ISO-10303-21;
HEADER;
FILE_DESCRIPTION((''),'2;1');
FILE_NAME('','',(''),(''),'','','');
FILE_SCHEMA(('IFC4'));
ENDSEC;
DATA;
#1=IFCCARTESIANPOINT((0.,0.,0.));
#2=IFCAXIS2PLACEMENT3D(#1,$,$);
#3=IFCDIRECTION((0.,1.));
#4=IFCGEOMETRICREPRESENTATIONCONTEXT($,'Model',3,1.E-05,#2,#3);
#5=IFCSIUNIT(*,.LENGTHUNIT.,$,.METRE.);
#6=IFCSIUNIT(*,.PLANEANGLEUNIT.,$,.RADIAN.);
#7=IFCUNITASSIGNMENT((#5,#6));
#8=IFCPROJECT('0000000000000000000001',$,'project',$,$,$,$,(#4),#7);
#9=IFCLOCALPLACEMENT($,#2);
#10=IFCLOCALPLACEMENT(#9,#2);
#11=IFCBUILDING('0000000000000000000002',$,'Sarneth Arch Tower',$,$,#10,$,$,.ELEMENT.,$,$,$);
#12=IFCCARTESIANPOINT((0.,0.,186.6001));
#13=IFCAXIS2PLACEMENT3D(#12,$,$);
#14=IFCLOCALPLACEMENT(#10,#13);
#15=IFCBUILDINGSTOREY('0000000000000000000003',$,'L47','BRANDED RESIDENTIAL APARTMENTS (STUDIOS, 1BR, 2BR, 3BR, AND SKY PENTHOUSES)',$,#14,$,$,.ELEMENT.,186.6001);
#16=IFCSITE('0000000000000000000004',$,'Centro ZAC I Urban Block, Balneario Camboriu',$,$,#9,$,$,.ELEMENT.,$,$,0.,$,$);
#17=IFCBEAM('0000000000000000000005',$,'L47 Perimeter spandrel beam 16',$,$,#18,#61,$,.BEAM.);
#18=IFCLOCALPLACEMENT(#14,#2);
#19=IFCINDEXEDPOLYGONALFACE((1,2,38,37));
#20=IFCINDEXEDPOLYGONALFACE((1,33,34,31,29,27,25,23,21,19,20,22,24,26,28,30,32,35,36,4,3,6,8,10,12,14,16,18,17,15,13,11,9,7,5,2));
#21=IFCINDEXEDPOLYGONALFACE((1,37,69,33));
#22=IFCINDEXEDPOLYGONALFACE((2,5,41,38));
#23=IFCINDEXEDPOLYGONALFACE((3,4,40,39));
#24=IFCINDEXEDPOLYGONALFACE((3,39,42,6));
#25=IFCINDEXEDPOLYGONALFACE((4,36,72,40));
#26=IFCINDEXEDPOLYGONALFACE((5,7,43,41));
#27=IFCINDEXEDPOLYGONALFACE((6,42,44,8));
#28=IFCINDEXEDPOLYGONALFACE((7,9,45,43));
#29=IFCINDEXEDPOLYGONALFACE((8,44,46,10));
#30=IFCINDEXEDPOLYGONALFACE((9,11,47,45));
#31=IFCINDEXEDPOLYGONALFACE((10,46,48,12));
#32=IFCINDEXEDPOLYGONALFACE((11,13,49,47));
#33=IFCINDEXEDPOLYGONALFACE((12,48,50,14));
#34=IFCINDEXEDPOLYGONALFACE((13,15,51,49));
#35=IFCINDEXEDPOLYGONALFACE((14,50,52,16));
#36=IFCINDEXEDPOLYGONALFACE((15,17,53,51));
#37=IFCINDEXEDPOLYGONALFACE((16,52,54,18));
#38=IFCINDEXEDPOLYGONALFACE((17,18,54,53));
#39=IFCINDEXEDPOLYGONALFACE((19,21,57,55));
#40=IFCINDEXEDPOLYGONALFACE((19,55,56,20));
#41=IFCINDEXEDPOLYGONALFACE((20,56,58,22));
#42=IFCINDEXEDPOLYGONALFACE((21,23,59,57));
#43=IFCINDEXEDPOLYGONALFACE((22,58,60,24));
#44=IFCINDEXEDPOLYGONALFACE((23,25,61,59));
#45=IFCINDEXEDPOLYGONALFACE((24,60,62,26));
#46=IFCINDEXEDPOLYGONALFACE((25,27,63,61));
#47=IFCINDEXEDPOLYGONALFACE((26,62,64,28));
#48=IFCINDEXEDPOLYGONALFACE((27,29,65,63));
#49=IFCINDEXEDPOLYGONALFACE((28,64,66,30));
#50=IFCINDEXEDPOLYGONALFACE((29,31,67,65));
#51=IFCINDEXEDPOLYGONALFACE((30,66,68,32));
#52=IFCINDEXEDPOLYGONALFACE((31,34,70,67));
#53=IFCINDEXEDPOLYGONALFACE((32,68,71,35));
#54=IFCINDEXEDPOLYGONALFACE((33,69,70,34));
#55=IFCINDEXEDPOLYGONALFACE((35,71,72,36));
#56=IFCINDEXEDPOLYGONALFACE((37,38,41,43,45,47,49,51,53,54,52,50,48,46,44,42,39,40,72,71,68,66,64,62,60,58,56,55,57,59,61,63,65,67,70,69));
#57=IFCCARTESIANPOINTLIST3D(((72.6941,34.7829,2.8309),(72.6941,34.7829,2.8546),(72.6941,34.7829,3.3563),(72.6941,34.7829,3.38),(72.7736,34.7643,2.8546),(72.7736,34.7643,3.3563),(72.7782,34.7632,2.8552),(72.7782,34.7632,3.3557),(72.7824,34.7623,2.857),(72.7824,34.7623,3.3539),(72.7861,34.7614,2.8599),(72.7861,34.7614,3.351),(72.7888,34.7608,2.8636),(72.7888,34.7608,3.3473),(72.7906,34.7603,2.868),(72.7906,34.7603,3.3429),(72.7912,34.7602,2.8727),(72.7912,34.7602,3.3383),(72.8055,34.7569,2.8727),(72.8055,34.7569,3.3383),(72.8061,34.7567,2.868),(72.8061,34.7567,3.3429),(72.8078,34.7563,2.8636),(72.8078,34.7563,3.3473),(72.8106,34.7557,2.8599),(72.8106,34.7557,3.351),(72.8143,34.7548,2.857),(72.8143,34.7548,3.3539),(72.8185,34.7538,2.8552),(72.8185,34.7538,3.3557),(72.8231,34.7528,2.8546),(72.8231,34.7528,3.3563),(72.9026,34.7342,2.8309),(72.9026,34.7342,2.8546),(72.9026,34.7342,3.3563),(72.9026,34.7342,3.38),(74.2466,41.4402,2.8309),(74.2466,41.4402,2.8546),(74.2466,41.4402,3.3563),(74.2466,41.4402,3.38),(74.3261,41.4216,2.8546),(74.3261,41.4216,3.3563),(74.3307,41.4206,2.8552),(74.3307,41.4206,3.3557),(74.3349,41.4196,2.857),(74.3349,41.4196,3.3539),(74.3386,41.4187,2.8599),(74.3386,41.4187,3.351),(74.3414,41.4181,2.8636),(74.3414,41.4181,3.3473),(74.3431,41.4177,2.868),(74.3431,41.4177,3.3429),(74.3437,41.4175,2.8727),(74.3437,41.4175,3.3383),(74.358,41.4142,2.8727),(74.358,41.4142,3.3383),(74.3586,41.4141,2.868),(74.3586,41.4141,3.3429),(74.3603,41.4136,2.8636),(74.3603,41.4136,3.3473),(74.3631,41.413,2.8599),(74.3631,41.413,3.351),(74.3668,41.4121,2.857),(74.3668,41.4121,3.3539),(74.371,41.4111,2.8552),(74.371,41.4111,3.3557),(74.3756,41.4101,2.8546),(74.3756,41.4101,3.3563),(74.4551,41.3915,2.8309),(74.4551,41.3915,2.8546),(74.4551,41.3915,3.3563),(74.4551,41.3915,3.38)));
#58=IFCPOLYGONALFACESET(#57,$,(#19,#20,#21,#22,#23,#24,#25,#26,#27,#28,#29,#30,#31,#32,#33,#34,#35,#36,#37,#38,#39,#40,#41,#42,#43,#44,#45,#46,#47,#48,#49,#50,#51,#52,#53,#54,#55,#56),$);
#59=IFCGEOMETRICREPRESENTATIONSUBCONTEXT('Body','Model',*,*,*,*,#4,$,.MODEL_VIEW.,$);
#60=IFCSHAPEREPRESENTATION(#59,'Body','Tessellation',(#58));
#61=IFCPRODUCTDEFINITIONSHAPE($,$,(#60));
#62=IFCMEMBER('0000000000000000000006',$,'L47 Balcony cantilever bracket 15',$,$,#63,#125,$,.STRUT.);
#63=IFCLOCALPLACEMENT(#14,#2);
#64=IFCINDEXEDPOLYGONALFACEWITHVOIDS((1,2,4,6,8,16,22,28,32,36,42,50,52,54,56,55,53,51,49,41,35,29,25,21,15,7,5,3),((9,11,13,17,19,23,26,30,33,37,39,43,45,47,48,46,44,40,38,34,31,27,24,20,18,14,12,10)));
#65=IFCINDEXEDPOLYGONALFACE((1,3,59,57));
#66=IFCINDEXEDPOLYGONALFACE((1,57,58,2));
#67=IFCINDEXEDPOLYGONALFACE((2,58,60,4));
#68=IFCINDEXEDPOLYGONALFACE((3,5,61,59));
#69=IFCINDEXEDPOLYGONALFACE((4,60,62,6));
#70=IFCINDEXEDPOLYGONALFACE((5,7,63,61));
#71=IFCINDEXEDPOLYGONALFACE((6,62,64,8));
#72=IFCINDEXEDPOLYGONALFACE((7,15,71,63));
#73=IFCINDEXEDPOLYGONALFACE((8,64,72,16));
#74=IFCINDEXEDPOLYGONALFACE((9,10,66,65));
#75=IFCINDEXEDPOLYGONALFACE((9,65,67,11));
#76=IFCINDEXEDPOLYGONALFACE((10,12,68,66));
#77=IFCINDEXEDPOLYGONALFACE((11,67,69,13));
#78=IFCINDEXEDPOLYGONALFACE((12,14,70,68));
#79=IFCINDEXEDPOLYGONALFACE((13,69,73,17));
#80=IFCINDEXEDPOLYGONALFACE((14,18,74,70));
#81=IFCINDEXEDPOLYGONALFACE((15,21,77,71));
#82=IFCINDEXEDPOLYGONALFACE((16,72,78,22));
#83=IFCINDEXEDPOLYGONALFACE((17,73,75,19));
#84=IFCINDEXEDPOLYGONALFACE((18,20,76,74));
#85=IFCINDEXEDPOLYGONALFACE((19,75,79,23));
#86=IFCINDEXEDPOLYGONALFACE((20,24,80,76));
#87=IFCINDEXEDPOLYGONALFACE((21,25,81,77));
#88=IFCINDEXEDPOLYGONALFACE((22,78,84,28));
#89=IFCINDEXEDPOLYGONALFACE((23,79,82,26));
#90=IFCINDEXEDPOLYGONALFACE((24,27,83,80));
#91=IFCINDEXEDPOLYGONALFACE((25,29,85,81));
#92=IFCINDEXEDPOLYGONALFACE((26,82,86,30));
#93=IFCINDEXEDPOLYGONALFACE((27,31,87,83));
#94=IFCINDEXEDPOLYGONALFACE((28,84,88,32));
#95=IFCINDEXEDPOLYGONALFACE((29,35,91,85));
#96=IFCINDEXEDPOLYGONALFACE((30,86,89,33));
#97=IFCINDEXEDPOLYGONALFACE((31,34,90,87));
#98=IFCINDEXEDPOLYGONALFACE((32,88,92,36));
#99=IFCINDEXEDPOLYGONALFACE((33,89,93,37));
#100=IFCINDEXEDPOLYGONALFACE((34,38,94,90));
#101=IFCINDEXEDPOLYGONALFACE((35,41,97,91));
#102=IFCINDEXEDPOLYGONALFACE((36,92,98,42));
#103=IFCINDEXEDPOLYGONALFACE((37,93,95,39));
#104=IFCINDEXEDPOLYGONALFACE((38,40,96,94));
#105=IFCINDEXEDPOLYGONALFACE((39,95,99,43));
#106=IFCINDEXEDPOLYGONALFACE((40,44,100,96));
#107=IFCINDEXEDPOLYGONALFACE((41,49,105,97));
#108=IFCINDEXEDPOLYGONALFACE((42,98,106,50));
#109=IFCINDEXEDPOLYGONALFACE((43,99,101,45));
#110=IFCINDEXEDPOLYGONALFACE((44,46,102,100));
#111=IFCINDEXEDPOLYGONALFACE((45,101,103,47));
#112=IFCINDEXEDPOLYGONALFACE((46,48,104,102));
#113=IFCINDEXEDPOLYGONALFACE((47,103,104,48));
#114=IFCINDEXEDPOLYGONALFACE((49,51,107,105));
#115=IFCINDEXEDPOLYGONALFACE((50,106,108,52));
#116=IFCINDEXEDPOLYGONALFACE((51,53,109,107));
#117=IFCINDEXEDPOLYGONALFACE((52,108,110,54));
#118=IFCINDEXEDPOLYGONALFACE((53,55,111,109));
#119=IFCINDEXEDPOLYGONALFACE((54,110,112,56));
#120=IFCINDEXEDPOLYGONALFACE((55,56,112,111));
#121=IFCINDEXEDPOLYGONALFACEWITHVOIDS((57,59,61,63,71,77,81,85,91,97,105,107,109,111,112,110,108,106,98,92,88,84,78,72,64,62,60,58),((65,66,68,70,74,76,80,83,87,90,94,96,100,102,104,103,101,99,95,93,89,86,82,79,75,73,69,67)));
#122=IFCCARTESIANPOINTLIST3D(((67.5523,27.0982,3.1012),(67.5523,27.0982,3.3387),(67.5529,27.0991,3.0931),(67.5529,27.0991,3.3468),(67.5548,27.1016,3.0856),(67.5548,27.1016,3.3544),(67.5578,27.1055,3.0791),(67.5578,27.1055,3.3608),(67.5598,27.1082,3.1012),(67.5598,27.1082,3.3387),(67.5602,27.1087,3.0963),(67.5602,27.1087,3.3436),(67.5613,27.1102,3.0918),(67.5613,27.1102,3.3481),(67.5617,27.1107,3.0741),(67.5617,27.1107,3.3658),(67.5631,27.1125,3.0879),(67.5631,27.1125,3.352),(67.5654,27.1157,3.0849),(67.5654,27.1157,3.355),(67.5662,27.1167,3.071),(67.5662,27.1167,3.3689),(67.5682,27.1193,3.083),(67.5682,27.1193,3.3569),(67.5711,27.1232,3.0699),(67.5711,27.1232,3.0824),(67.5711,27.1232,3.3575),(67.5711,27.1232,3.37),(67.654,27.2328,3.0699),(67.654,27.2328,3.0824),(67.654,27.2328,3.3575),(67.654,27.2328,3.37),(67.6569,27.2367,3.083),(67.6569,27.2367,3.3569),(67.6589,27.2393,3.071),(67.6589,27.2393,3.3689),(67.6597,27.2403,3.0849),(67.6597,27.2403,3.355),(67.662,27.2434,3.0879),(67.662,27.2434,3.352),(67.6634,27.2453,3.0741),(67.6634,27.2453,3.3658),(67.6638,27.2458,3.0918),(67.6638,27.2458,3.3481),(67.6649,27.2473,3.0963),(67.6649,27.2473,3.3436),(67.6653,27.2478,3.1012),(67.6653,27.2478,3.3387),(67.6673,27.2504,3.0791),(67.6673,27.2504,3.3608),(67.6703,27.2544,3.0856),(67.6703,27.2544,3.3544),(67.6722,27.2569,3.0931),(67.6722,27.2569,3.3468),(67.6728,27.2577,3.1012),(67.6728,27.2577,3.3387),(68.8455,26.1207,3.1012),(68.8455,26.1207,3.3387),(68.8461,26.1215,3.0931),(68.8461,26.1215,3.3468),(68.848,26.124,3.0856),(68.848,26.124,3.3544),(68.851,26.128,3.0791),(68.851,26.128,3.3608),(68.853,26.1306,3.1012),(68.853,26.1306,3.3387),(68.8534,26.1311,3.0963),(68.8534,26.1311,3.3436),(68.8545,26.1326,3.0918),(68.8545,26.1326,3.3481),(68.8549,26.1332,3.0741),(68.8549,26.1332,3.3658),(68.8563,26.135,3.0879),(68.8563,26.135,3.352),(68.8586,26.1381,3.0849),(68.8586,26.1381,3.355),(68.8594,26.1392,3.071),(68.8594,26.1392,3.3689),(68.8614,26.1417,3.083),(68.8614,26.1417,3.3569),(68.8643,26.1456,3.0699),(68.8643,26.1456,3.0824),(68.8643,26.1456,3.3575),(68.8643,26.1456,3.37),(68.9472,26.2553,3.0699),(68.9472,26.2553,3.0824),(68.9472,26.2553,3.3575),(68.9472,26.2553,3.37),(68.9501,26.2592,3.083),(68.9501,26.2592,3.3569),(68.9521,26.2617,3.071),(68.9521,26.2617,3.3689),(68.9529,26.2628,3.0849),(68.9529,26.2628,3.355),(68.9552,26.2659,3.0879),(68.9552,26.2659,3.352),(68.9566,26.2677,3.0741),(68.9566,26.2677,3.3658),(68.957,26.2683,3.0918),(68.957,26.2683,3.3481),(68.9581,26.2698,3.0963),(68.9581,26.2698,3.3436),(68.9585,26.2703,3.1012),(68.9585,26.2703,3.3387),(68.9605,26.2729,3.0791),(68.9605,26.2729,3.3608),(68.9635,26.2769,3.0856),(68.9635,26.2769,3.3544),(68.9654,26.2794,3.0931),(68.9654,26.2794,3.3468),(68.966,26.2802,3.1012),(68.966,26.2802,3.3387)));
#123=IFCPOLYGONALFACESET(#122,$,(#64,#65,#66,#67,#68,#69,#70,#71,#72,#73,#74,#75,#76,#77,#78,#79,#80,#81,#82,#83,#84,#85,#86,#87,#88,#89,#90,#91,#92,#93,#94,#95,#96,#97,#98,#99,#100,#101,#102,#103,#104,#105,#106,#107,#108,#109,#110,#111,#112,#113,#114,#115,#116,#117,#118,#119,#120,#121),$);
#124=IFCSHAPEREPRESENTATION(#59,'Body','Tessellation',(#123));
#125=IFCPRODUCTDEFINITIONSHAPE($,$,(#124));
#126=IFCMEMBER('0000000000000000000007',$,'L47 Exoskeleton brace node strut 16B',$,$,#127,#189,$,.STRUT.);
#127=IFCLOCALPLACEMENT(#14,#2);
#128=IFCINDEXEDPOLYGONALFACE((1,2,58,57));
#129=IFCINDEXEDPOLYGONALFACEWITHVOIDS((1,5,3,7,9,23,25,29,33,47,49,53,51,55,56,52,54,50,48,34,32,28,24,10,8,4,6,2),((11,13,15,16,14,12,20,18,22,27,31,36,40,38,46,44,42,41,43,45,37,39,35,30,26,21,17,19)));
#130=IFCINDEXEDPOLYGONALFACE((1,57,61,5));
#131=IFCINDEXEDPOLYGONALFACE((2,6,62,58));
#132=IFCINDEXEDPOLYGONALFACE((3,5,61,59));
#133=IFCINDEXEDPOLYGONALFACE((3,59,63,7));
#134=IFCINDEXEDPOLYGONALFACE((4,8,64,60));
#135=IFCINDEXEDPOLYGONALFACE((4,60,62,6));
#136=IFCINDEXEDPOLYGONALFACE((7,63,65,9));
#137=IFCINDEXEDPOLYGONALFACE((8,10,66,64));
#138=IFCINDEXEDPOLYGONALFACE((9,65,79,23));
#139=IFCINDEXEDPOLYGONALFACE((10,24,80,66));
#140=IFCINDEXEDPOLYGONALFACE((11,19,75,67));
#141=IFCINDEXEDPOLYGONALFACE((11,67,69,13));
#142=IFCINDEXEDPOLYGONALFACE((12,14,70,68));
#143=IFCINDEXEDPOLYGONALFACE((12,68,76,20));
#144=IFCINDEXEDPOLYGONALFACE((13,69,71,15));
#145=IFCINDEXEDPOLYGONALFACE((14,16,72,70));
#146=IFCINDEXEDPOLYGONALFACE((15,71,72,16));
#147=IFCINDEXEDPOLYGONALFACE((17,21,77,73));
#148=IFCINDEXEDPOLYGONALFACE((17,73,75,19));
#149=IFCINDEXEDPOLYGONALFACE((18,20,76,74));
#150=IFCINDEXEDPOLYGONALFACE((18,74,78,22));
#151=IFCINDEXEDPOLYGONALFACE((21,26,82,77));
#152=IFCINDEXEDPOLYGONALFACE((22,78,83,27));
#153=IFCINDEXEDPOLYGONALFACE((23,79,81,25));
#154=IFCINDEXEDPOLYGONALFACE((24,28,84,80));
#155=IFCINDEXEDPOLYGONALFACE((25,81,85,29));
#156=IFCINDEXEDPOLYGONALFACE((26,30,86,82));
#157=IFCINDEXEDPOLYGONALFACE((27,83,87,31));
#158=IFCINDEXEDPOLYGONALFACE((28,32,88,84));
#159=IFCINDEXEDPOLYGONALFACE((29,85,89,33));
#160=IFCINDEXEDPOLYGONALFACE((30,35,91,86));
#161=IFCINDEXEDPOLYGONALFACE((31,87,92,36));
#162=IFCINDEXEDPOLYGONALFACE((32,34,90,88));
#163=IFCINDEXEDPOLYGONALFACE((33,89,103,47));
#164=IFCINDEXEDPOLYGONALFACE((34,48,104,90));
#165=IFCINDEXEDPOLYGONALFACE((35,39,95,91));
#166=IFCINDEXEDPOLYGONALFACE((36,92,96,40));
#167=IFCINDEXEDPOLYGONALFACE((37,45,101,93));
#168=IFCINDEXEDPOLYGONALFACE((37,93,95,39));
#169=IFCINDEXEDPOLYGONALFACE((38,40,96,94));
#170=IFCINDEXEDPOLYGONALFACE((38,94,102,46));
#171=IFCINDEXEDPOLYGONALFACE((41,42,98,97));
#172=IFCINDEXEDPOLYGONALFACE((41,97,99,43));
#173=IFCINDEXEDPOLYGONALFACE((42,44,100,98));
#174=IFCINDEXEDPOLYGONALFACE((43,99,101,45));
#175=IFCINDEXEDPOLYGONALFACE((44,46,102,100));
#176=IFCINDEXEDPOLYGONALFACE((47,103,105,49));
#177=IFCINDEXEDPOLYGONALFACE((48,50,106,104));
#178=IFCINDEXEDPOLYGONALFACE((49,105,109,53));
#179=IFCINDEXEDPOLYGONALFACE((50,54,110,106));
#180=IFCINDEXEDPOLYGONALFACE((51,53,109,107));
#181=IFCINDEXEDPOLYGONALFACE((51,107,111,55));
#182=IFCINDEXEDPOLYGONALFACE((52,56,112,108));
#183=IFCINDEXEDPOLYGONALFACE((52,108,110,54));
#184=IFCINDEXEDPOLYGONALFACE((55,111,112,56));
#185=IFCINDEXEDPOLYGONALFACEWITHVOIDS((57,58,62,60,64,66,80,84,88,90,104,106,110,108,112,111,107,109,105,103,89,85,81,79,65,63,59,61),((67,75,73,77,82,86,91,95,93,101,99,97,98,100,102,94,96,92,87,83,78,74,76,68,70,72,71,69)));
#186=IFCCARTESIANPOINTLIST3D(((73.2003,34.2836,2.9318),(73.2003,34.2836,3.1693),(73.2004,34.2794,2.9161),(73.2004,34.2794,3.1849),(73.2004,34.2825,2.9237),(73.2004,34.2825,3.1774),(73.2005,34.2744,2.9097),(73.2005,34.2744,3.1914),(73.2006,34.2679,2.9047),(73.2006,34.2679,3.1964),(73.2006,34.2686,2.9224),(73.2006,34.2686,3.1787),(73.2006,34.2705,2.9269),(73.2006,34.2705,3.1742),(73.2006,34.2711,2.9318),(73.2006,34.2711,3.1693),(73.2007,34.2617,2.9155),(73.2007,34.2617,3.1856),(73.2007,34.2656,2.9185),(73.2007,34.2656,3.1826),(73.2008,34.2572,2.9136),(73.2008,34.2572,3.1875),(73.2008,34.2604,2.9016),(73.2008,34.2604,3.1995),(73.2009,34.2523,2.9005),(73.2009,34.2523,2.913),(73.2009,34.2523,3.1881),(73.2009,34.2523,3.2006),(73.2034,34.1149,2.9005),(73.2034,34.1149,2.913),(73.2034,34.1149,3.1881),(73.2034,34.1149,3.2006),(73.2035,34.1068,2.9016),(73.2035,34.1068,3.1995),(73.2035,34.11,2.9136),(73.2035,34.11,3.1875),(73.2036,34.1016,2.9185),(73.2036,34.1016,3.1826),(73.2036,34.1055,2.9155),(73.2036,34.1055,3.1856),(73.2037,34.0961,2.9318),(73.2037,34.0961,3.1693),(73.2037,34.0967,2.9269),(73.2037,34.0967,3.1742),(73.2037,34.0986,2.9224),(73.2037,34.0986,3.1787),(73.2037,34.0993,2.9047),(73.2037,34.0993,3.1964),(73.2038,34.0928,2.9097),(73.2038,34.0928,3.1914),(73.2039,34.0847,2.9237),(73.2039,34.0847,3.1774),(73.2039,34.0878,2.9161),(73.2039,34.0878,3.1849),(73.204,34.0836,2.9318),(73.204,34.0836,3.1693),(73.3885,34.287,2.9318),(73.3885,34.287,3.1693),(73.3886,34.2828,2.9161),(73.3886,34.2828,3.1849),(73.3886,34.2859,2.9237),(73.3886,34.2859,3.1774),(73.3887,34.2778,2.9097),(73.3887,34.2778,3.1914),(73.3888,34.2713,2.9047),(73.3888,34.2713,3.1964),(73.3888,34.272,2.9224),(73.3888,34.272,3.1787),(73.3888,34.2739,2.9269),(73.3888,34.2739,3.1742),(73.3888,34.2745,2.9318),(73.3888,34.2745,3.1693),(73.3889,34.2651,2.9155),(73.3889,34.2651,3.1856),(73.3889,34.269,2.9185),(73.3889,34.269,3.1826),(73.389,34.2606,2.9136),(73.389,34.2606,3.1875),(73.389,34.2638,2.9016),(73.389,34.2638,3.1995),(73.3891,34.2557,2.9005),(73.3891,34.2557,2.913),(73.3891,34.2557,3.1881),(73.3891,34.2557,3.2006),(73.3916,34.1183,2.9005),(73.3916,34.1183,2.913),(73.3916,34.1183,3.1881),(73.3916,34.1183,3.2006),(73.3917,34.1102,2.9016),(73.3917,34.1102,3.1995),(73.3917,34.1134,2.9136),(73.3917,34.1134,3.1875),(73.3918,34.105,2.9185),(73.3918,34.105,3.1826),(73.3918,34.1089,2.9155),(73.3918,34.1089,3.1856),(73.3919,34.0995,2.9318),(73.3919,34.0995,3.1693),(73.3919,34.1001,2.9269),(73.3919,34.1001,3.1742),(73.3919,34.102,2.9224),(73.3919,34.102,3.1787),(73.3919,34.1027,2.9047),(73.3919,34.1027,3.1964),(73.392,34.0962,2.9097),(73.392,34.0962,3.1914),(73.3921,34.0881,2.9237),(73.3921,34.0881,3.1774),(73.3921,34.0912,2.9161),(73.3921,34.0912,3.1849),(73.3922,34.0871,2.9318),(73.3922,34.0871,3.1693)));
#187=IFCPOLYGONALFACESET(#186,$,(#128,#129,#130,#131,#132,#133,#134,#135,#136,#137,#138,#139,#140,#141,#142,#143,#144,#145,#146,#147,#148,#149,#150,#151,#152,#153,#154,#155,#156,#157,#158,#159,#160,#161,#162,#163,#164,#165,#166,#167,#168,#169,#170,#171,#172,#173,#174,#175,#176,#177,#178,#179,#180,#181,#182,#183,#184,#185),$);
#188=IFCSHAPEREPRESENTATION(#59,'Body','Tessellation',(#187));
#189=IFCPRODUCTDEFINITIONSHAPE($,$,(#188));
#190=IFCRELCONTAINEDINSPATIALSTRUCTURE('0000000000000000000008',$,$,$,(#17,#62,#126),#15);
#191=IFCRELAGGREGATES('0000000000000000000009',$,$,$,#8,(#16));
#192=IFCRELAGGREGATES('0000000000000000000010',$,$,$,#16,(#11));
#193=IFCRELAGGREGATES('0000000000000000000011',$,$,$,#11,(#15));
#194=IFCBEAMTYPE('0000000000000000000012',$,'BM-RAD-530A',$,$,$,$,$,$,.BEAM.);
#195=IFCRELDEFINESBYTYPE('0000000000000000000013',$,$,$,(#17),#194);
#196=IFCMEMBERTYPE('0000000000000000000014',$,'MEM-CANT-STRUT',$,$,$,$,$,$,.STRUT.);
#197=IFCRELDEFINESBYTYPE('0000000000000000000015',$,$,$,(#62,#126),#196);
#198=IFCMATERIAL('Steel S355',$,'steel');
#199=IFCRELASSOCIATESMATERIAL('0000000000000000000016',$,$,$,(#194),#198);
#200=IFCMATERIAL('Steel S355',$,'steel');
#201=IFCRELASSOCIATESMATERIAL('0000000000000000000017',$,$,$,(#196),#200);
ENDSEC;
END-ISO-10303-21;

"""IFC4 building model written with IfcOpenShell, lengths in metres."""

from ifc_helpers import new_model, si_unit, direction, frame, origin, origin_2d, place, context, subcontext, project, spatial, hollow_rectangle, i_section, extrude, material, material_profile, profile_set, type_object, element, save


model = new_model("IFC4")

# Units and contexts
model_context = context("Model", 3, precision=1e-05, world=origin(), true_north=direction((0.0, 1.0)))
body_context = subcontext(model_context, "Body", "Model", "MODEL_VIEW")
ifc_project = project(units=[si_unit("LENGTHUNIT", "METRE"), si_unit("PLANEANGLEUNIT", "RADIAN")], contexts=[model_context])

# Site, building, storey
site_placement = place(None, origin())
site = spatial("IfcSite", under=ifc_project, at=site_placement, Name="Centro ZAC I Urban Block, Balneario Camboriu", CompositionType="ELEMENT", RefElevation=0.0)
building_placement = place(site_placement, origin())
building = spatial("IfcBuilding", under=site, at=building_placement, Name="Sarneth Arch Tower", CompositionType="ELEMENT")
storey_placement = place(building_placement, frame((0.0, 0.0, 186.6001)))
storey = spatial("IfcBuildingStorey", under=building, at=storey_placement, Name="L47", Description="BRANDED RESIDENTIAL APARTMENTS (STUDIOS, 1BR, 2BR, 3BR, AND SKY PENTHOUSES)", CompositionType="ELEMENT", Elevation=186.6001)

# Beam
ifc_material_1 = material(Name="Steel S355", Category="steel")
ifc_material_profile_1 = material_profile(ifc_material_1, i_section(OverallWidth=0.2141, OverallDepth=0.5491, WebThickness=0.0146, FlangeThickness=0.0237, FilletRadius=0.0181, at=origin_2d()), Name="W530x138")
ifc_profile_set_1 = profile_set([ifc_material_profile_1], Name="Steel S355")
beam_type_1 = type_object("IfcBeamType", Name="BM-RAD-530A", PredefinedType="BEAM", material=ifc_profile_set_1)
beam_1_placement = place(storey_placement, frame((72.7983, 34.7585, 3.1055), z_axis=(0.22711, 0.973869, 0.0), x_axis=(-0.973869, 0.22711, 0.0)))
element("IfcBeam", 1, at=beam_1_placement, inside=storey, type_object=beam_type_1, Name="L47 Perimeter spandrel beam 16", PredefinedType="BEAM", context=body_context, shape_type="SweptSolid", body=[
    extrude(i_section(OverallWidth=0.2141, OverallDepth=0.5491, WebThickness=0.0146, FlangeThickness=0.0237, FilletRadius=0.0181, at=origin_2d()), origin(), (0.0, 0.0, 1.0), 6.8359),
])

# Members
ifc_material_2 = material(Name="Steel S355", Category="steel")
ifc_material_profile_2 = material_profile(ifc_material_2, hollow_rectangle(XDim=0.2, YDim=0.3, WallThickness=0.0125, InnerFilletRadius=0.0188, OuterFilletRadius=0.0312, at=origin_2d()), Name="RHS300x200x12.5")
ifc_profile_set_2 = profile_set([ifc_material_profile_2], Name="Steel S355")
member_type = type_object("IfcMemberType", Name="MEM-CANT-STRUT", PredefinedType="STRUT", material=ifc_profile_set_2)
member_1_placement = place(storey_placement, frame((67.6125, 27.178, 3.22), z_axis=(0.797735, -0.603008, 0.0), x_axis=(0.603008, 0.797735, 0.0)))
element("IfcMember", 2, at=member_1_placement, inside=storey, type_object=member_type, Name="L47 Balcony cantilever bracket 15", PredefinedType="STRUT", context=body_context, shape_type="SweptSolid", body=[
    extrude(hollow_rectangle(XDim=0.2, YDim=0.3, WallThickness=0.0125, InnerFilletRadius=0.0188, OuterFilletRadius=0.0312, at=origin_2d()), origin(), (0.0, 0.0, 1.0), 1.6211),
])
member_2_placement = place(storey_placement, frame((73.2021, 34.1836, 3.0505), z_axis=(0.999835, 0.018155, 0.0), x_axis=(-0.018155, 0.999835, 0.0)))
element("IfcMember", 3, at=member_2_placement, inside=storey, type_object=member_type, Name="L47 Exoskeleton brace node strut 16B", PredefinedType="STRUT", context=body_context, shape_type="SweptSolid", body=[
    extrude(hollow_rectangle(XDim=0.2, YDim=0.3, WallThickness=0.0125, InnerFilletRadius=0.0188, OuterFilletRadius=0.0312, at=origin_2d()), origin(), (0.0, 0.0, 1.0), 0.1882),
])

save(model, "model.ifc")
